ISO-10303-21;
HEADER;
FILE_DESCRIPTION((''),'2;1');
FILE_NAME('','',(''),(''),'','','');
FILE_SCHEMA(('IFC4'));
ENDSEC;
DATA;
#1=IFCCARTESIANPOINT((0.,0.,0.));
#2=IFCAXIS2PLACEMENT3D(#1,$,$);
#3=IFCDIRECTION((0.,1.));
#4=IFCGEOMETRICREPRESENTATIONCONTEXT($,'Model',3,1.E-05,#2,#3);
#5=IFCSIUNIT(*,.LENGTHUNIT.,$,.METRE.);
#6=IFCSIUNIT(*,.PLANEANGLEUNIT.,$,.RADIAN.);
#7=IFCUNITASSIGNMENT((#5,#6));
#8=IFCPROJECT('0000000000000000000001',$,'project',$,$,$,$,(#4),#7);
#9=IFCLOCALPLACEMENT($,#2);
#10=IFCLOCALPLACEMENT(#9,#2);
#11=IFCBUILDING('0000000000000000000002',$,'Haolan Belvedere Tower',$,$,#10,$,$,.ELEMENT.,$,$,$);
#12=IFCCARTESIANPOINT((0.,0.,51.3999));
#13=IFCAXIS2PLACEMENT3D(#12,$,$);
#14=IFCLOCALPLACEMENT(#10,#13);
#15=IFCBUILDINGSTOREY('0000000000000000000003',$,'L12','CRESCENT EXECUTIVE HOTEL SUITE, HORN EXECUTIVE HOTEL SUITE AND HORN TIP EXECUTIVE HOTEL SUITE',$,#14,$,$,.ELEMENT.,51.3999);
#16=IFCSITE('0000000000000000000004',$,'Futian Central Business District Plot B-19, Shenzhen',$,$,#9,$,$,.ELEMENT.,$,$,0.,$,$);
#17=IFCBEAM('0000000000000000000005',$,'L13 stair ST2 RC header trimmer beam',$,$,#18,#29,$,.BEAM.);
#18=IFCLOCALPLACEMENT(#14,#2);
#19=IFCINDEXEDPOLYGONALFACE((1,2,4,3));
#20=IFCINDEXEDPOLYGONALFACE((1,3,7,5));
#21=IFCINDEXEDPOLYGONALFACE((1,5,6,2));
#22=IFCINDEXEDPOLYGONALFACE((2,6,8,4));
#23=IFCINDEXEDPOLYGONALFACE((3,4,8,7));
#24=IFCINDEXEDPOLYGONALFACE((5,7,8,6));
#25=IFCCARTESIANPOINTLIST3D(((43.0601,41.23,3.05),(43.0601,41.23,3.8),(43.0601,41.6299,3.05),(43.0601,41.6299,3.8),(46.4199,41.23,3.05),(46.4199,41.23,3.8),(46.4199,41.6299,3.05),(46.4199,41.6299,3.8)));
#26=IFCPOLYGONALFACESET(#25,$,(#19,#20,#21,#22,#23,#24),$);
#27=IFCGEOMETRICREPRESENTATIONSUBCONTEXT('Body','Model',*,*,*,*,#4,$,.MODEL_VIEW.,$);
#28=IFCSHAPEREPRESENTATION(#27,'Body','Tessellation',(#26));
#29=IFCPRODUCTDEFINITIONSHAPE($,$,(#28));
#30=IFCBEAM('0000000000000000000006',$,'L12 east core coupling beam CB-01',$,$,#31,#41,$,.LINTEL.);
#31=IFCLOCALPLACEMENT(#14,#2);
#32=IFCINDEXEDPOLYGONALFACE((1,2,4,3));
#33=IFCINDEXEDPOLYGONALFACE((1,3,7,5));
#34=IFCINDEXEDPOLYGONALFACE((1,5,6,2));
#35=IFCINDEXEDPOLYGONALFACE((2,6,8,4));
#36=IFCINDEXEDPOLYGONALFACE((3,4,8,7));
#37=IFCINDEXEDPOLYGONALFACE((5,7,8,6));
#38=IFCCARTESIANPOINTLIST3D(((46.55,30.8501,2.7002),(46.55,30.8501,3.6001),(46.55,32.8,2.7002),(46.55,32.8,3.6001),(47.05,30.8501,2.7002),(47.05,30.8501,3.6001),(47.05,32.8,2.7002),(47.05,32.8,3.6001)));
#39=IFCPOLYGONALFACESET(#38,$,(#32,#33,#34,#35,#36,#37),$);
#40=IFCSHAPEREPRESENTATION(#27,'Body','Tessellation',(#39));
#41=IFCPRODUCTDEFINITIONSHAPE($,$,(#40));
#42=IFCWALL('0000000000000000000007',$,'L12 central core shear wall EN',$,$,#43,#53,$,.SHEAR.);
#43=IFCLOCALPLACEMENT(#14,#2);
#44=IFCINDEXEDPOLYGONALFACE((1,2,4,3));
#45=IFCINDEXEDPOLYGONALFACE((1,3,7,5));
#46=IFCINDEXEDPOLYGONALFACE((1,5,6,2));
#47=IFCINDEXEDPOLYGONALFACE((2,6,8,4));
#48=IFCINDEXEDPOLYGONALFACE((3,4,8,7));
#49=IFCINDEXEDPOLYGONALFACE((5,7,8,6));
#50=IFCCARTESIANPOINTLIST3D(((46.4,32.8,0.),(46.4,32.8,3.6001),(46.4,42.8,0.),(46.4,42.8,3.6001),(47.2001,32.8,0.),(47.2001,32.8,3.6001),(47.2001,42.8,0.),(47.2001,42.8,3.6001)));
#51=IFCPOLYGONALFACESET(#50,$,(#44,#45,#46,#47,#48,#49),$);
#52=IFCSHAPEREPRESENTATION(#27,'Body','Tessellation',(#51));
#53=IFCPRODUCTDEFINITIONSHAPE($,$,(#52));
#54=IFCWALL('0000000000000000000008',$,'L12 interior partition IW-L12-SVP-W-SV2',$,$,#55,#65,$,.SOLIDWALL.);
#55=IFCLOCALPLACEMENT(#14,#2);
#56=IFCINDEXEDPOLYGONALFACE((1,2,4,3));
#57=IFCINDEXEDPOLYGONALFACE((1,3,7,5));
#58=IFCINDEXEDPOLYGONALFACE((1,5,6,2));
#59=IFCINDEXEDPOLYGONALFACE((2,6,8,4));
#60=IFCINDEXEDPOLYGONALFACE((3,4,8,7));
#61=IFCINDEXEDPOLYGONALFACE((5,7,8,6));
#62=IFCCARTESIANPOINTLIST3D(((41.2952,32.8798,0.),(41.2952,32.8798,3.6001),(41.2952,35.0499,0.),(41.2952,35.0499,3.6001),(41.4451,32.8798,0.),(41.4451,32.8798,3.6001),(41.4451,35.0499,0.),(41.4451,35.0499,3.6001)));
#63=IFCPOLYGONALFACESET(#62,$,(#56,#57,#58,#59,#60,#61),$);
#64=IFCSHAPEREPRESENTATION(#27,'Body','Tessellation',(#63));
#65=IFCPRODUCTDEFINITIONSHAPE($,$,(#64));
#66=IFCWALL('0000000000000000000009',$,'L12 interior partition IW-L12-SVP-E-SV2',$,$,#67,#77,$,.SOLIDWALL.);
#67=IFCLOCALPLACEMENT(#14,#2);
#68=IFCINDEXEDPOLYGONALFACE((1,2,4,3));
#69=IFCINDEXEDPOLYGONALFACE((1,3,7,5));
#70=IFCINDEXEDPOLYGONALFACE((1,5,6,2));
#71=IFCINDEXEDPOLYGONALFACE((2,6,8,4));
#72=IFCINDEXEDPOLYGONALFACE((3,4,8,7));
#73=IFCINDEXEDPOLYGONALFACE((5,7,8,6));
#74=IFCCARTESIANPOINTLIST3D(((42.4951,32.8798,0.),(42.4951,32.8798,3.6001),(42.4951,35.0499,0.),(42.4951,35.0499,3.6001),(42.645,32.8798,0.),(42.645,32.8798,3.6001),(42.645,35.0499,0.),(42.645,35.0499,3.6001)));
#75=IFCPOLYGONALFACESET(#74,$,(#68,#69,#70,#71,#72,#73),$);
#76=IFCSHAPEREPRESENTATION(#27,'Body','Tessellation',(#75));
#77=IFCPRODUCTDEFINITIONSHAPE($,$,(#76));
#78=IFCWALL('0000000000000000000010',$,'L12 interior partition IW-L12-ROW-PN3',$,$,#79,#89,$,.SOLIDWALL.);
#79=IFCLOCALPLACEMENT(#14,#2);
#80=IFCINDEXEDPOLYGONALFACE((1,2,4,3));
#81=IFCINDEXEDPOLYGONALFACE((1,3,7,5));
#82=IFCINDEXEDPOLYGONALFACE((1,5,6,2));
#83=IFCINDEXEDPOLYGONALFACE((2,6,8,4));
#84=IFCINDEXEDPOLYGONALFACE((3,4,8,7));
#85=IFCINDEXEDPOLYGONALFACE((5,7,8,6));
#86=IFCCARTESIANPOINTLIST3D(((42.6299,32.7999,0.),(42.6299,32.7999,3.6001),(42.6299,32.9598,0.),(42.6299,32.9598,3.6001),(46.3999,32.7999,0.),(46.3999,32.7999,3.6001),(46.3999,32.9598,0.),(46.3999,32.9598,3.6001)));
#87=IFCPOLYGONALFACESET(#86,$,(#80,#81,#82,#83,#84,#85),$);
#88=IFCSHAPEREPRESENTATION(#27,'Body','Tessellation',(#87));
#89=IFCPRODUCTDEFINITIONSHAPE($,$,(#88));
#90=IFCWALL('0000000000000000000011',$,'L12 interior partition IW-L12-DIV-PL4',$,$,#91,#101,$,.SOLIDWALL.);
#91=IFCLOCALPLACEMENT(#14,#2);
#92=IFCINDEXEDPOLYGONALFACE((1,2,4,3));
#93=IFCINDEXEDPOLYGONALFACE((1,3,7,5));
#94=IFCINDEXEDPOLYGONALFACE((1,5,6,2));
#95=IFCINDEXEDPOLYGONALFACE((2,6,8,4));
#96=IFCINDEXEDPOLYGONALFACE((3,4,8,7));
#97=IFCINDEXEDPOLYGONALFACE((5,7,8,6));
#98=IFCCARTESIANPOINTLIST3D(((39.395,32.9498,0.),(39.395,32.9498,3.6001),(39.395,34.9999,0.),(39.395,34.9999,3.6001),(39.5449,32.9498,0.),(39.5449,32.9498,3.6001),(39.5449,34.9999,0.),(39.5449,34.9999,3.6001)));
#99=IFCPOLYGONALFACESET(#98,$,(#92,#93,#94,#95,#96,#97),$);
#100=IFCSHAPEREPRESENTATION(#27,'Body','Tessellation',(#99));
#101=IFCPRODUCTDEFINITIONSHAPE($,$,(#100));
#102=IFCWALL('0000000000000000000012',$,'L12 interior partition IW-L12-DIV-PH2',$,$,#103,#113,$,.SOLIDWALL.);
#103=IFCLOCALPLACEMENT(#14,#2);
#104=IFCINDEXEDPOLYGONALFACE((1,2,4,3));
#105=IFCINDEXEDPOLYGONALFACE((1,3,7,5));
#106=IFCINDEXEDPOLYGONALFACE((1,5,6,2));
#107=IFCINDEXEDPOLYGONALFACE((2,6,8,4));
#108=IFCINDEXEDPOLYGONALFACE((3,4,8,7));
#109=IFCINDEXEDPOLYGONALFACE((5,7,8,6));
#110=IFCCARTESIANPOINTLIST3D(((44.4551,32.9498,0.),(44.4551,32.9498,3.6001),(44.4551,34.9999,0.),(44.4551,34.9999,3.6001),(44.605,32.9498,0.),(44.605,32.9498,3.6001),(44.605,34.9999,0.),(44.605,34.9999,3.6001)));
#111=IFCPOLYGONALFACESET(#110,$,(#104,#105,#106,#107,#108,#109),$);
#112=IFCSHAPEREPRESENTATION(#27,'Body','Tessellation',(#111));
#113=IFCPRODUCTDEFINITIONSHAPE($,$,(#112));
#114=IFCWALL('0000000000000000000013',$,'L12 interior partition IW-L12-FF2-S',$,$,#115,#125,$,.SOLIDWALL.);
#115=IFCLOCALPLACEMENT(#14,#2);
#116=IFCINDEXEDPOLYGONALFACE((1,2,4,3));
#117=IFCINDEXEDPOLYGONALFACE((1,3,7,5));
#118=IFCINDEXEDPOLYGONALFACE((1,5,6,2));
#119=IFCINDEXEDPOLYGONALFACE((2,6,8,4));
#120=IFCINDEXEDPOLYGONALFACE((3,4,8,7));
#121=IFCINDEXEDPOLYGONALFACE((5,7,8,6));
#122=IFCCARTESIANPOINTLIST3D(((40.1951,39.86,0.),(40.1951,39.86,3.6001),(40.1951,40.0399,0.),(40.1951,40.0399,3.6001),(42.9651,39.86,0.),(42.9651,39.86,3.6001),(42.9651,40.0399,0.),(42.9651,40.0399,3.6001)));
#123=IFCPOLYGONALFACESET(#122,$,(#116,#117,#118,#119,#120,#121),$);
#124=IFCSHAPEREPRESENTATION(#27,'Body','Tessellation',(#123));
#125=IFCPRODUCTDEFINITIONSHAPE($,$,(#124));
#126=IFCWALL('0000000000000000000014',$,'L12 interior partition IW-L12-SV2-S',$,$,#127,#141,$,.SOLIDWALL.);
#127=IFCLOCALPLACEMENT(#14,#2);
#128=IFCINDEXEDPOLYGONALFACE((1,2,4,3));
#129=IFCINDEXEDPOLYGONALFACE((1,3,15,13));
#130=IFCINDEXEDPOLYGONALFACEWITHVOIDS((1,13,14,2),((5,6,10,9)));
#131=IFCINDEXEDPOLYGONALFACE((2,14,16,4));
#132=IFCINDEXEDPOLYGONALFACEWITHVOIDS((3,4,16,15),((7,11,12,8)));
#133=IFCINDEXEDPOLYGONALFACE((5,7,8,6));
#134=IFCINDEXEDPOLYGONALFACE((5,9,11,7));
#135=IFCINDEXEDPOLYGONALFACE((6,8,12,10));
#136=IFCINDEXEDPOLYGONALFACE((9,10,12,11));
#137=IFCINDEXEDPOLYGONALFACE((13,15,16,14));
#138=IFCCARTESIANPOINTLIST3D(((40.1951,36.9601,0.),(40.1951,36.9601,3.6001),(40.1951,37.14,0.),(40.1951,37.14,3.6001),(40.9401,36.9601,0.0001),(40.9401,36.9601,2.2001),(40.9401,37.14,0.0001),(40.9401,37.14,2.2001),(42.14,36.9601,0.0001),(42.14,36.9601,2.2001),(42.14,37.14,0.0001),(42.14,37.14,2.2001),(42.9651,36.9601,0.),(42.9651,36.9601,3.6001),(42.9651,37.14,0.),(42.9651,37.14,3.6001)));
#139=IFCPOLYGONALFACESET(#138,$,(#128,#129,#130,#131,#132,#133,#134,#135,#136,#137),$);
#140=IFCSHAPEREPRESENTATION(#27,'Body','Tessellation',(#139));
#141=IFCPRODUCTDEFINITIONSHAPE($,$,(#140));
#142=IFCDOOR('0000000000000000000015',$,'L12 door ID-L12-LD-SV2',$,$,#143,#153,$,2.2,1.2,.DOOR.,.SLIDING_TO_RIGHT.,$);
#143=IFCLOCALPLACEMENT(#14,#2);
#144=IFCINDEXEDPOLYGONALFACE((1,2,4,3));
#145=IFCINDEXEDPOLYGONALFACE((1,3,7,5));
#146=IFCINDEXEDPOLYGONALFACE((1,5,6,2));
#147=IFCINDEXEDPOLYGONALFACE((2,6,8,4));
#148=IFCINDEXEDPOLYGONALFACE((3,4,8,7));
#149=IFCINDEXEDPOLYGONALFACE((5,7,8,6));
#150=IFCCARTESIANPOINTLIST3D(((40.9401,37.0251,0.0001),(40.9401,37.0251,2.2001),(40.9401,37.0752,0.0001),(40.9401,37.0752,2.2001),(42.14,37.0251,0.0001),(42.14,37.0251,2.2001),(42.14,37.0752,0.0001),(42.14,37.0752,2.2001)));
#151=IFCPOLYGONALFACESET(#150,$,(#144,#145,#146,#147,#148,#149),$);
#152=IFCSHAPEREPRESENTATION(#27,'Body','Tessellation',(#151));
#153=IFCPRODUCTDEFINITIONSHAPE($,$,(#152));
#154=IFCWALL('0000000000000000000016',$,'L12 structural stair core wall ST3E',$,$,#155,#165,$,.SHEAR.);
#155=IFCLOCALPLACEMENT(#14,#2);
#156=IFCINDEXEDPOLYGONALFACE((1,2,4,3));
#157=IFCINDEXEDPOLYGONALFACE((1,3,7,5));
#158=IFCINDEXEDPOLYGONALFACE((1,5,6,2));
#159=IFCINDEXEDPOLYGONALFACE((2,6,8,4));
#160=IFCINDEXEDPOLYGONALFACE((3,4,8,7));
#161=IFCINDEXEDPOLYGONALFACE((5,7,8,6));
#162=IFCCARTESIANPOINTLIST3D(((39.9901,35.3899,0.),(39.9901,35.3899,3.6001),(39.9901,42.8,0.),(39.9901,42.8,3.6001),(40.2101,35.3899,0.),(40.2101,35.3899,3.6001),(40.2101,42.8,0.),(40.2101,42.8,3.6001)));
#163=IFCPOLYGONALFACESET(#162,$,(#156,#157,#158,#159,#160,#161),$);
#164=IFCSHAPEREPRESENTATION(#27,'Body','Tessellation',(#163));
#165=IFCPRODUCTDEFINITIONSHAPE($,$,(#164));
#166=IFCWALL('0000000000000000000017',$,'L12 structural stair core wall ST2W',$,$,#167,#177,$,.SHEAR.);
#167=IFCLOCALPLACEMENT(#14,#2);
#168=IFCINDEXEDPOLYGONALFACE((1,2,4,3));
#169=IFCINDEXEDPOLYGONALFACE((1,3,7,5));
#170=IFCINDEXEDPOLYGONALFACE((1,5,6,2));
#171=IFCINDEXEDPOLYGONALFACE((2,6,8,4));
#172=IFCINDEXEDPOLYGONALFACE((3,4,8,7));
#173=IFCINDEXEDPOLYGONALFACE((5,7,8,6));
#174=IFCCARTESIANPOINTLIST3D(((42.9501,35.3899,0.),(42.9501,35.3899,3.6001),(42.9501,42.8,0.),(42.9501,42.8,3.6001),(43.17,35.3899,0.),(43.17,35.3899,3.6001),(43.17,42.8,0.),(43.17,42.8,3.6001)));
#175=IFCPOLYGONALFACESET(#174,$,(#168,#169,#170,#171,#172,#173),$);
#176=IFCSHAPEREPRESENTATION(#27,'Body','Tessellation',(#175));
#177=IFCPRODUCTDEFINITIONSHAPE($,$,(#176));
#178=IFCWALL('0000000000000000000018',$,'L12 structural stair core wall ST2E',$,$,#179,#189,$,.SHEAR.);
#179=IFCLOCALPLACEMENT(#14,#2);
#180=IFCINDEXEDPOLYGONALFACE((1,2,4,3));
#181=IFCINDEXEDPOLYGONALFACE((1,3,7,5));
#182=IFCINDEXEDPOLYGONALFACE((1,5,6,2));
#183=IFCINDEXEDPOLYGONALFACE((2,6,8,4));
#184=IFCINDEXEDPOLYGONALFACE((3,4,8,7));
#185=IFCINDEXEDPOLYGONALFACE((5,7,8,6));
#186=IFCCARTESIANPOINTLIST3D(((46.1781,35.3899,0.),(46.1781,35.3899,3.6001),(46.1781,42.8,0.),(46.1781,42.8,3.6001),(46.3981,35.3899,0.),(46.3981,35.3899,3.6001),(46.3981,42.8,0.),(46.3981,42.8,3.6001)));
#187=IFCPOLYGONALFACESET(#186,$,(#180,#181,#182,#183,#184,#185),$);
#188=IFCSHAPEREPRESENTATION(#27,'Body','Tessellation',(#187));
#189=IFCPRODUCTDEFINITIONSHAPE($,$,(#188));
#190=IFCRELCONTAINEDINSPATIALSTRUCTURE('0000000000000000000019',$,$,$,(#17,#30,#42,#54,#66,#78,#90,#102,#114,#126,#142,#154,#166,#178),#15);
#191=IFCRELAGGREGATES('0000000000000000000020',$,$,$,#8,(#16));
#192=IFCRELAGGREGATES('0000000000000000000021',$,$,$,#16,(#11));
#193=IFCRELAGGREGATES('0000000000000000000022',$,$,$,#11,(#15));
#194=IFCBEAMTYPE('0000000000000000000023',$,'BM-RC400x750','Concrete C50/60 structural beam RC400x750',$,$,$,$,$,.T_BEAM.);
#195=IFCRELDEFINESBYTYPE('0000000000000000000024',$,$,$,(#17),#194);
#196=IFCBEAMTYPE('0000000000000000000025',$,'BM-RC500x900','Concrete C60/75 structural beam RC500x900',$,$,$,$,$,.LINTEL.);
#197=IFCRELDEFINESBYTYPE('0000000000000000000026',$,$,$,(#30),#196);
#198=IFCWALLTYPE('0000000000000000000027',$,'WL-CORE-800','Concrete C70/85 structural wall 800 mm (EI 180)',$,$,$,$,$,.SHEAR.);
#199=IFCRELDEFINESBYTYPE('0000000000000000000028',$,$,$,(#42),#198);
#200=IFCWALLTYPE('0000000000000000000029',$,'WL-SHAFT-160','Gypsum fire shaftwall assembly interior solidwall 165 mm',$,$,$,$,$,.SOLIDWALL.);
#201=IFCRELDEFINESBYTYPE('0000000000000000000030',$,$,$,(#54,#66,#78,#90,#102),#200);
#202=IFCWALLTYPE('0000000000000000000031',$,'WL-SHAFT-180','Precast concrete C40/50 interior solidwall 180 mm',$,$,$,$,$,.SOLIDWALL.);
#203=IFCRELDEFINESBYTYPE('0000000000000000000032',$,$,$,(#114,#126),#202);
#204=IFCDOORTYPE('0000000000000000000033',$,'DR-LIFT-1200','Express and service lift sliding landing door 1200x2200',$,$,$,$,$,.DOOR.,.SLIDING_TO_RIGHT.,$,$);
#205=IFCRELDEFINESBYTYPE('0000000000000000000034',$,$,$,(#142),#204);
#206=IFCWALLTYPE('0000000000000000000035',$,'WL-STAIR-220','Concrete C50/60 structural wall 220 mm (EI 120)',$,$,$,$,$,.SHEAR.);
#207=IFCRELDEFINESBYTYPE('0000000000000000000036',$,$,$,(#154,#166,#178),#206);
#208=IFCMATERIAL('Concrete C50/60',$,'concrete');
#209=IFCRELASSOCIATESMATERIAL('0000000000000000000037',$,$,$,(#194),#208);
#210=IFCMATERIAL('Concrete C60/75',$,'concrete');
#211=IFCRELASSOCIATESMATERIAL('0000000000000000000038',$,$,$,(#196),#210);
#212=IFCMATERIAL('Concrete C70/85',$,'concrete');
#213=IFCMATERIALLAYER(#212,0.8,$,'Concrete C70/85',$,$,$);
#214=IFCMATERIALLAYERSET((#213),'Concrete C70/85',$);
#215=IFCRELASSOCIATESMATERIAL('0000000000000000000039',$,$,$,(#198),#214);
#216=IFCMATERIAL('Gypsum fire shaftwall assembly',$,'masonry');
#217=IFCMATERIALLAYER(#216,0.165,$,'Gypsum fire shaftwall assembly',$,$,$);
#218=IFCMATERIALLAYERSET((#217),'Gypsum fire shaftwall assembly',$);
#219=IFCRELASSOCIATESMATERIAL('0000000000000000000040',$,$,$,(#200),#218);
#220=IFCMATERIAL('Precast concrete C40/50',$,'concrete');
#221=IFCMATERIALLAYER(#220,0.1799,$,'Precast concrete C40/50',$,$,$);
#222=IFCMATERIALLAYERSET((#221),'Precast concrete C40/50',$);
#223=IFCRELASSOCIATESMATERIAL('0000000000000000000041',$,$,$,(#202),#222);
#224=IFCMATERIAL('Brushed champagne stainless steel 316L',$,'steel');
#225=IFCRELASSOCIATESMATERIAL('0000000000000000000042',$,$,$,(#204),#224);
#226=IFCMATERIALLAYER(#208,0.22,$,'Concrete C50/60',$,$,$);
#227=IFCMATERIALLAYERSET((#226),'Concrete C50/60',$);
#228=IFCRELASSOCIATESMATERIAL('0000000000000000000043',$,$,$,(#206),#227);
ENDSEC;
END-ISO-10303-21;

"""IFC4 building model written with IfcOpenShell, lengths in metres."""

from ifc_helpers import new_model, si_unit, direction, frame, frame_2d, origin, origin_2d, place, context, subcontext, project, spatial, rectangle, extrude, material, layer, layer_set, material_profile, profile_set, type_object, element, fill, save


model = new_model("IFC4")

# Units and contexts
model_context = context("Model", 3, precision=1e-05, world=origin(), true_north=direction((0.0, 1.0)))
body_context = subcontext(model_context, "Body", "Model", "MODEL_VIEW")
ifc_project = project(units=[si_unit("LENGTHUNIT", "METRE"), si_unit("PLANEANGLEUNIT", "RADIAN")], contexts=[model_context])

# Site, building, storey
site_placement = place(None, origin())
site = spatial("IfcSite", under=ifc_project, at=site_placement, Name="Futian Central Business District Plot B-19, Shenzhen", CompositionType="ELEMENT", RefElevation=0.0)
building_placement = place(site_placement, origin())
building = spatial("IfcBuilding", under=site, at=building_placement, Name="Haolan Belvedere Tower", CompositionType="ELEMENT")
storey_placement = place(building_placement, frame((0.0, 0.0, 51.3999)))
storey = spatial("IfcBuildingStorey", under=building, at=storey_placement, Name="L12", Description="CRESCENT EXECUTIVE HOTEL SUITE, HORN EXECUTIVE HOTEL SUITE AND HORN TIP EXECUTIVE HOTEL SUITE", CompositionType="ELEMENT", Elevation=51.3999)

# Beams
ifc_material_1 = material(Name="Concrete C50/60", Category="concrete")
ifc_material_profile_1 = material_profile(ifc_material_1, rectangle(XDim=0.3999, YDim=0.75, at=origin_2d()), Name="Concrete C50/60")
ifc_profile_set_1 = profile_set([ifc_material_profile_1], Name="Concrete C50/60")
beam_type_1 = type_object("IfcBeamType", Name="BM-RC400x750", Description="Concrete C50/60 structural beam RC400x750", PredefinedType="T_BEAM", material=ifc_profile_set_1)
beam_1_placement = place(storey_placement, frame((43.0601, 41.4299, 3.425), z_axis=(1.0, 0.0, 0.0), x_axis=(0.0, 1.0, 0.0)))
element("IfcBeam", 1, at=beam_1_placement, inside=storey, type_object=beam_type_1, Name="L13 stair ST2 RC header trimmer beam", PredefinedType="BEAM", context=body_context, shape_type="SweptSolid", body=[
    extrude(rectangle(XDim=0.3999, YDim=0.75, at=origin_2d()), origin(), (0.0, 0.0, 1.0), 3.3599),
])
ifc_material_2 = material(Name="Concrete C60/75", Category="concrete")
ifc_material_profile_2 = material_profile(ifc_material_2, rectangle(XDim=0.5, YDim=0.8999, at=origin_2d()), Name="Concrete C60/75")
ifc_profile_set_2 = profile_set([ifc_material_profile_2], Name="Concrete C60/75")
beam_type_2 = type_object("IfcBeamType", Name="BM-RC500x900", Description="Concrete C60/75 structural beam RC500x900", PredefinedType="LINTEL", material=ifc_profile_set_2)
beam_2_placement = place(storey_placement, frame((46.8, 30.8501, 3.1501), z_axis=(0.0, 1.0, 0.0), x_axis=(-1.0, 0.0, 0.0)))
element("IfcBeam", 2, at=beam_2_placement, inside=storey, type_object=beam_type_2, Name="L12 east core coupling beam CB-01", PredefinedType="LINTEL", context=body_context, shape_type="SweptSolid", body=[
    extrude(rectangle(XDim=0.5, YDim=0.8999, at=origin_2d()), origin(), (0.0, 0.0, 1.0), 1.95),
])

# Wall
ifc_material_3 = material(Name="Concrete C70/85", Category="concrete")
ifc_layer_1 = layer(ifc_material_3, 0.8, Name="Concrete C70/85")
ifc_layer_set_1 = layer_set([ifc_layer_1], Name="Concrete C70/85")
wall_type_1 = type_object("IfcWallType", Name="WL-CORE-800", Description="Concrete C70/85 structural wall 800 mm (EI 180)", PredefinedType="SHEAR", material=ifc_layer_set_1)
wall_1_placement = place(storey_placement, frame((46.8, 32.8, 0.0), z_axis=(0.0, 0.0, 1.0), x_axis=(0.0, 1.0, 0.0)))
element("IfcWall", 3, at=wall_1_placement, inside=storey, type_object=wall_type_1, Name="L12 central core shear wall EN", PredefinedType="SHEAR", context=body_context, shape_type="SweptSolid", body=[
    extrude(rectangle(XDim=10.0, YDim=0.8, at=frame_2d((5.0, 0.0))), origin(), (0.0, 0.0, 1.0), 3.6001),
])

# Walls
ifc_material_4 = material(Name="Gypsum fire shaftwall assembly", Category="masonry")
ifc_layer_2 = layer(ifc_material_4, 0.165, Name="Gypsum fire shaftwall assembly")
ifc_layer_set_2 = layer_set([ifc_layer_2], Name="Gypsum fire shaftwall assembly")
wall_type_2 = type_object("IfcWallType", Name="WL-SHAFT-160", Description="Gypsum fire shaftwall assembly interior solidwall 165 mm", PredefinedType="SOLIDWALL", material=ifc_layer_set_2)
for number, where, z_axis, x_axis, name in (
    (4, (41.3701, 32.8799, 0.0), (0.0, 0.0, 1.0), (0.0, 1.0, 0.0), "L12 interior partition IW-L12-SVP-W-SV2"),
    (5, (42.5701, 32.8799, 0.0), (0.0, 0.0, 1.0), (0.0, 1.0, 0.0), "L12 interior partition IW-L12-SVP-E-SV2"),
):
    element("IfcWall", number, at=place(storey_placement, frame(where, z_axis=z_axis, x_axis=x_axis)), inside=storey, type_object=wall_type_2, Name=name, PredefinedType="SOLIDWALL", context=body_context, shape_type="SweptSolid", body=[
        extrude(rectangle(XDim=2.1702, YDim=0.1499, at=frame_2d((1.085, 0.0))), origin(), (0.0, 0.0, 1.0), 3.6001),
    ])
wall_2_placement = place(storey_placement, frame((42.6299, 32.8799, 0.0), z_axis=(0.0, 0.0, 1.0), x_axis=(1.0, 0.0, 0.0)))
element("IfcWall", 6, at=wall_2_placement, inside=storey, type_object=wall_type_2, Name="L12 interior partition IW-L12-ROW-PN3", PredefinedType="SOLIDWALL", context=body_context, shape_type="SweptSolid", body=[
    extrude(rectangle(XDim=3.77, YDim=0.1599, at=frame_2d((1.885, 0.0))), origin(), (0.0, 0.0, 1.0), 3.6001),
])
for number, where, z_axis, x_axis, name in (
    (7, (39.47, 32.95, 0.0), (0.0, 0.0, 1.0), (0.0, 1.0, 0.0), "L12 interior partition IW-L12-DIV-PL4"),
    (8, (44.53, 32.95, 0.0), (0.0, 0.0, 1.0), (0.0, 1.0, 0.0), "L12 interior partition IW-L12-DIV-PH2"),
):
    element("IfcWall", number, at=place(storey_placement, frame(where, z_axis=z_axis, x_axis=x_axis)), inside=storey, type_object=wall_type_2, Name=name, PredefinedType="SOLIDWALL", context=body_context, shape_type="SweptSolid", body=[
        extrude(rectangle(XDim=2.05, YDim=0.1499, at=frame_2d((1.0249, 0.0))), origin(), (0.0, 0.0, 1.0), 3.6001),
    ])
ifc_material_5 = material(Name="Precast concrete C40/50", Category="concrete")
ifc_layer_3 = layer(ifc_material_5, 0.1799, Name="Precast concrete C40/50")
ifc_layer_set_3 = layer_set([ifc_layer_3], Name="Precast concrete C40/50")
wall_type_3 = type_object("IfcWallType", Name="WL-SHAFT-180", Description="Precast concrete C40/50 interior solidwall 180 mm", PredefinedType="SOLIDWALL", material=ifc_layer_set_3)
wall_3_placement = place(storey_placement, frame((40.1951, 39.95, 0.0), z_axis=(0.0, 0.0, 1.0), x_axis=(1.0, 0.0, 0.0)))
element("IfcWall", 9, at=wall_3_placement, inside=storey, type_object=wall_type_3, Name="L12 interior partition IW-L12-FF2-S", PredefinedType="SOLIDWALL", context=body_context, shape_type="SweptSolid", body=[
    extrude(rectangle(XDim=2.77, YDim=0.1799, at=frame_2d((1.385, 0.0))), origin(), (0.0, 0.0, 1.0), 3.6001),
])

# Wall, opening, door
wall_4_placement = place(storey_placement, frame((40.1951, 37.05, 0.0), z_axis=(0.0, 0.0, 1.0), x_axis=(1.0, 0.0, 0.0)))
wall_4 = element("IfcWall", 10, at=wall_4_placement, inside=storey, type_object=wall_type_3, Name="L12 interior partition IW-L12-SV2-S", PredefinedType="SOLIDWALL", context=body_context, shape_type="SweptSolid", body=[
    extrude(rectangle(XDim=2.77, YDim=0.1799, at=frame_2d((1.385, 0.0))), origin(), (0.0, 0.0, 1.0), 3.6001),
])
opening_1_placement = place(wall_4_placement, frame((1.9451, 0.0, 0.0), z_axis=(0.0, 0.0, 1.0), x_axis=(-1.0, 0.0, 0.0)))
opening_1 = element("IfcOpeningElement", 11, at=opening_1_placement, cuts=wall_4, PredefinedType="OPENING", context=body_context, shape_type="SweptSolid", body=[
    extrude(rectangle(XDim=1.2, YDim=2.2, at=frame_2d((0.6001, 1.1001))), frame((0.0, 0.0999, 0.0), z_axis=(0.0, -1.0, 0.0), x_axis=(1.0, 0.0, 0.0)), (0.0, 0.0, 1.0), 0.2),
])
ifc_material_6 = material(Name="Brushed champagne stainless steel 316L", Category="steel")
door_type_1 = type_object("IfcDoorType", Name="DR-LIFT-1200", Description="Express and service lift sliding landing door 1200x2200", OperationType="SLIDING_TO_RIGHT", PredefinedType="DOOR", material=ifc_material_6)
door_1_placement = place(opening_1_placement, origin())
door_1 = element("IfcDoor", 12, at=door_1_placement, inside=storey, type_object=door_type_1, Name="L12 door ID-L12-LD-SV2", OperationType="SLIDING_TO_RIGHT", OverallHeight=2.2, OverallWidth=1.2, PredefinedType="DOOR", context=body_context, shape_type="SweptSolid", body=[
    extrude(rectangle(XDim=1.2, YDim=2.2, at=frame_2d((0.6001, 1.1001))), frame((0.0, 0.0249, 0.0), z_axis=(0.0, -1.0, 0.0), x_axis=(1.0, 0.0, 0.0)), (0.0, 0.0, 1.0), 0.05),
])
fill(opening_1, door_1)

# Walls
ifc_layer_4 = layer(ifc_material_1, 0.22, Name="Concrete C50/60")
ifc_layer_set_4 = layer_set([ifc_layer_4], Name="Concrete C50/60")
wall_type_4 = type_object("IfcWallType", Name="WL-STAIR-220", Description="Concrete C50/60 structural wall 220 mm (EI 120)", PredefinedType="SHEAR", material=ifc_layer_set_4)
for number, where, z_axis, x_axis, name in (
    (13, (40.1001, 35.3899, 0.0), (0.0, 0.0, 1.0), (0.0, 1.0, 0.0), "L12 structural stair core wall ST3E"),
    (14, (43.0601, 35.3899, 0.0), (0.0, 0.0, 1.0), (0.0, 1.0, 0.0), "L12 structural stair core wall ST2W"),
    (15, (46.2881, 35.3899, 0.0), (0.0, 0.0, 1.0), (0.0, 1.0, 0.0), "L12 structural stair core wall ST2E"),
):
    element("IfcWall", number, at=place(storey_placement, frame(where, z_axis=z_axis, x_axis=x_axis)), inside=storey, type_object=wall_type_4, Name=name, PredefinedType="SHEAR", context=body_context, shape_type="SweptSolid", body=[
        extrude(rectangle(XDim=7.4102, YDim=0.22, at=frame_2d((3.7051, 0.0))), origin(), (0.0, 0.0, 1.0), 3.6001),
    ])

save(model, "model.ifc")
